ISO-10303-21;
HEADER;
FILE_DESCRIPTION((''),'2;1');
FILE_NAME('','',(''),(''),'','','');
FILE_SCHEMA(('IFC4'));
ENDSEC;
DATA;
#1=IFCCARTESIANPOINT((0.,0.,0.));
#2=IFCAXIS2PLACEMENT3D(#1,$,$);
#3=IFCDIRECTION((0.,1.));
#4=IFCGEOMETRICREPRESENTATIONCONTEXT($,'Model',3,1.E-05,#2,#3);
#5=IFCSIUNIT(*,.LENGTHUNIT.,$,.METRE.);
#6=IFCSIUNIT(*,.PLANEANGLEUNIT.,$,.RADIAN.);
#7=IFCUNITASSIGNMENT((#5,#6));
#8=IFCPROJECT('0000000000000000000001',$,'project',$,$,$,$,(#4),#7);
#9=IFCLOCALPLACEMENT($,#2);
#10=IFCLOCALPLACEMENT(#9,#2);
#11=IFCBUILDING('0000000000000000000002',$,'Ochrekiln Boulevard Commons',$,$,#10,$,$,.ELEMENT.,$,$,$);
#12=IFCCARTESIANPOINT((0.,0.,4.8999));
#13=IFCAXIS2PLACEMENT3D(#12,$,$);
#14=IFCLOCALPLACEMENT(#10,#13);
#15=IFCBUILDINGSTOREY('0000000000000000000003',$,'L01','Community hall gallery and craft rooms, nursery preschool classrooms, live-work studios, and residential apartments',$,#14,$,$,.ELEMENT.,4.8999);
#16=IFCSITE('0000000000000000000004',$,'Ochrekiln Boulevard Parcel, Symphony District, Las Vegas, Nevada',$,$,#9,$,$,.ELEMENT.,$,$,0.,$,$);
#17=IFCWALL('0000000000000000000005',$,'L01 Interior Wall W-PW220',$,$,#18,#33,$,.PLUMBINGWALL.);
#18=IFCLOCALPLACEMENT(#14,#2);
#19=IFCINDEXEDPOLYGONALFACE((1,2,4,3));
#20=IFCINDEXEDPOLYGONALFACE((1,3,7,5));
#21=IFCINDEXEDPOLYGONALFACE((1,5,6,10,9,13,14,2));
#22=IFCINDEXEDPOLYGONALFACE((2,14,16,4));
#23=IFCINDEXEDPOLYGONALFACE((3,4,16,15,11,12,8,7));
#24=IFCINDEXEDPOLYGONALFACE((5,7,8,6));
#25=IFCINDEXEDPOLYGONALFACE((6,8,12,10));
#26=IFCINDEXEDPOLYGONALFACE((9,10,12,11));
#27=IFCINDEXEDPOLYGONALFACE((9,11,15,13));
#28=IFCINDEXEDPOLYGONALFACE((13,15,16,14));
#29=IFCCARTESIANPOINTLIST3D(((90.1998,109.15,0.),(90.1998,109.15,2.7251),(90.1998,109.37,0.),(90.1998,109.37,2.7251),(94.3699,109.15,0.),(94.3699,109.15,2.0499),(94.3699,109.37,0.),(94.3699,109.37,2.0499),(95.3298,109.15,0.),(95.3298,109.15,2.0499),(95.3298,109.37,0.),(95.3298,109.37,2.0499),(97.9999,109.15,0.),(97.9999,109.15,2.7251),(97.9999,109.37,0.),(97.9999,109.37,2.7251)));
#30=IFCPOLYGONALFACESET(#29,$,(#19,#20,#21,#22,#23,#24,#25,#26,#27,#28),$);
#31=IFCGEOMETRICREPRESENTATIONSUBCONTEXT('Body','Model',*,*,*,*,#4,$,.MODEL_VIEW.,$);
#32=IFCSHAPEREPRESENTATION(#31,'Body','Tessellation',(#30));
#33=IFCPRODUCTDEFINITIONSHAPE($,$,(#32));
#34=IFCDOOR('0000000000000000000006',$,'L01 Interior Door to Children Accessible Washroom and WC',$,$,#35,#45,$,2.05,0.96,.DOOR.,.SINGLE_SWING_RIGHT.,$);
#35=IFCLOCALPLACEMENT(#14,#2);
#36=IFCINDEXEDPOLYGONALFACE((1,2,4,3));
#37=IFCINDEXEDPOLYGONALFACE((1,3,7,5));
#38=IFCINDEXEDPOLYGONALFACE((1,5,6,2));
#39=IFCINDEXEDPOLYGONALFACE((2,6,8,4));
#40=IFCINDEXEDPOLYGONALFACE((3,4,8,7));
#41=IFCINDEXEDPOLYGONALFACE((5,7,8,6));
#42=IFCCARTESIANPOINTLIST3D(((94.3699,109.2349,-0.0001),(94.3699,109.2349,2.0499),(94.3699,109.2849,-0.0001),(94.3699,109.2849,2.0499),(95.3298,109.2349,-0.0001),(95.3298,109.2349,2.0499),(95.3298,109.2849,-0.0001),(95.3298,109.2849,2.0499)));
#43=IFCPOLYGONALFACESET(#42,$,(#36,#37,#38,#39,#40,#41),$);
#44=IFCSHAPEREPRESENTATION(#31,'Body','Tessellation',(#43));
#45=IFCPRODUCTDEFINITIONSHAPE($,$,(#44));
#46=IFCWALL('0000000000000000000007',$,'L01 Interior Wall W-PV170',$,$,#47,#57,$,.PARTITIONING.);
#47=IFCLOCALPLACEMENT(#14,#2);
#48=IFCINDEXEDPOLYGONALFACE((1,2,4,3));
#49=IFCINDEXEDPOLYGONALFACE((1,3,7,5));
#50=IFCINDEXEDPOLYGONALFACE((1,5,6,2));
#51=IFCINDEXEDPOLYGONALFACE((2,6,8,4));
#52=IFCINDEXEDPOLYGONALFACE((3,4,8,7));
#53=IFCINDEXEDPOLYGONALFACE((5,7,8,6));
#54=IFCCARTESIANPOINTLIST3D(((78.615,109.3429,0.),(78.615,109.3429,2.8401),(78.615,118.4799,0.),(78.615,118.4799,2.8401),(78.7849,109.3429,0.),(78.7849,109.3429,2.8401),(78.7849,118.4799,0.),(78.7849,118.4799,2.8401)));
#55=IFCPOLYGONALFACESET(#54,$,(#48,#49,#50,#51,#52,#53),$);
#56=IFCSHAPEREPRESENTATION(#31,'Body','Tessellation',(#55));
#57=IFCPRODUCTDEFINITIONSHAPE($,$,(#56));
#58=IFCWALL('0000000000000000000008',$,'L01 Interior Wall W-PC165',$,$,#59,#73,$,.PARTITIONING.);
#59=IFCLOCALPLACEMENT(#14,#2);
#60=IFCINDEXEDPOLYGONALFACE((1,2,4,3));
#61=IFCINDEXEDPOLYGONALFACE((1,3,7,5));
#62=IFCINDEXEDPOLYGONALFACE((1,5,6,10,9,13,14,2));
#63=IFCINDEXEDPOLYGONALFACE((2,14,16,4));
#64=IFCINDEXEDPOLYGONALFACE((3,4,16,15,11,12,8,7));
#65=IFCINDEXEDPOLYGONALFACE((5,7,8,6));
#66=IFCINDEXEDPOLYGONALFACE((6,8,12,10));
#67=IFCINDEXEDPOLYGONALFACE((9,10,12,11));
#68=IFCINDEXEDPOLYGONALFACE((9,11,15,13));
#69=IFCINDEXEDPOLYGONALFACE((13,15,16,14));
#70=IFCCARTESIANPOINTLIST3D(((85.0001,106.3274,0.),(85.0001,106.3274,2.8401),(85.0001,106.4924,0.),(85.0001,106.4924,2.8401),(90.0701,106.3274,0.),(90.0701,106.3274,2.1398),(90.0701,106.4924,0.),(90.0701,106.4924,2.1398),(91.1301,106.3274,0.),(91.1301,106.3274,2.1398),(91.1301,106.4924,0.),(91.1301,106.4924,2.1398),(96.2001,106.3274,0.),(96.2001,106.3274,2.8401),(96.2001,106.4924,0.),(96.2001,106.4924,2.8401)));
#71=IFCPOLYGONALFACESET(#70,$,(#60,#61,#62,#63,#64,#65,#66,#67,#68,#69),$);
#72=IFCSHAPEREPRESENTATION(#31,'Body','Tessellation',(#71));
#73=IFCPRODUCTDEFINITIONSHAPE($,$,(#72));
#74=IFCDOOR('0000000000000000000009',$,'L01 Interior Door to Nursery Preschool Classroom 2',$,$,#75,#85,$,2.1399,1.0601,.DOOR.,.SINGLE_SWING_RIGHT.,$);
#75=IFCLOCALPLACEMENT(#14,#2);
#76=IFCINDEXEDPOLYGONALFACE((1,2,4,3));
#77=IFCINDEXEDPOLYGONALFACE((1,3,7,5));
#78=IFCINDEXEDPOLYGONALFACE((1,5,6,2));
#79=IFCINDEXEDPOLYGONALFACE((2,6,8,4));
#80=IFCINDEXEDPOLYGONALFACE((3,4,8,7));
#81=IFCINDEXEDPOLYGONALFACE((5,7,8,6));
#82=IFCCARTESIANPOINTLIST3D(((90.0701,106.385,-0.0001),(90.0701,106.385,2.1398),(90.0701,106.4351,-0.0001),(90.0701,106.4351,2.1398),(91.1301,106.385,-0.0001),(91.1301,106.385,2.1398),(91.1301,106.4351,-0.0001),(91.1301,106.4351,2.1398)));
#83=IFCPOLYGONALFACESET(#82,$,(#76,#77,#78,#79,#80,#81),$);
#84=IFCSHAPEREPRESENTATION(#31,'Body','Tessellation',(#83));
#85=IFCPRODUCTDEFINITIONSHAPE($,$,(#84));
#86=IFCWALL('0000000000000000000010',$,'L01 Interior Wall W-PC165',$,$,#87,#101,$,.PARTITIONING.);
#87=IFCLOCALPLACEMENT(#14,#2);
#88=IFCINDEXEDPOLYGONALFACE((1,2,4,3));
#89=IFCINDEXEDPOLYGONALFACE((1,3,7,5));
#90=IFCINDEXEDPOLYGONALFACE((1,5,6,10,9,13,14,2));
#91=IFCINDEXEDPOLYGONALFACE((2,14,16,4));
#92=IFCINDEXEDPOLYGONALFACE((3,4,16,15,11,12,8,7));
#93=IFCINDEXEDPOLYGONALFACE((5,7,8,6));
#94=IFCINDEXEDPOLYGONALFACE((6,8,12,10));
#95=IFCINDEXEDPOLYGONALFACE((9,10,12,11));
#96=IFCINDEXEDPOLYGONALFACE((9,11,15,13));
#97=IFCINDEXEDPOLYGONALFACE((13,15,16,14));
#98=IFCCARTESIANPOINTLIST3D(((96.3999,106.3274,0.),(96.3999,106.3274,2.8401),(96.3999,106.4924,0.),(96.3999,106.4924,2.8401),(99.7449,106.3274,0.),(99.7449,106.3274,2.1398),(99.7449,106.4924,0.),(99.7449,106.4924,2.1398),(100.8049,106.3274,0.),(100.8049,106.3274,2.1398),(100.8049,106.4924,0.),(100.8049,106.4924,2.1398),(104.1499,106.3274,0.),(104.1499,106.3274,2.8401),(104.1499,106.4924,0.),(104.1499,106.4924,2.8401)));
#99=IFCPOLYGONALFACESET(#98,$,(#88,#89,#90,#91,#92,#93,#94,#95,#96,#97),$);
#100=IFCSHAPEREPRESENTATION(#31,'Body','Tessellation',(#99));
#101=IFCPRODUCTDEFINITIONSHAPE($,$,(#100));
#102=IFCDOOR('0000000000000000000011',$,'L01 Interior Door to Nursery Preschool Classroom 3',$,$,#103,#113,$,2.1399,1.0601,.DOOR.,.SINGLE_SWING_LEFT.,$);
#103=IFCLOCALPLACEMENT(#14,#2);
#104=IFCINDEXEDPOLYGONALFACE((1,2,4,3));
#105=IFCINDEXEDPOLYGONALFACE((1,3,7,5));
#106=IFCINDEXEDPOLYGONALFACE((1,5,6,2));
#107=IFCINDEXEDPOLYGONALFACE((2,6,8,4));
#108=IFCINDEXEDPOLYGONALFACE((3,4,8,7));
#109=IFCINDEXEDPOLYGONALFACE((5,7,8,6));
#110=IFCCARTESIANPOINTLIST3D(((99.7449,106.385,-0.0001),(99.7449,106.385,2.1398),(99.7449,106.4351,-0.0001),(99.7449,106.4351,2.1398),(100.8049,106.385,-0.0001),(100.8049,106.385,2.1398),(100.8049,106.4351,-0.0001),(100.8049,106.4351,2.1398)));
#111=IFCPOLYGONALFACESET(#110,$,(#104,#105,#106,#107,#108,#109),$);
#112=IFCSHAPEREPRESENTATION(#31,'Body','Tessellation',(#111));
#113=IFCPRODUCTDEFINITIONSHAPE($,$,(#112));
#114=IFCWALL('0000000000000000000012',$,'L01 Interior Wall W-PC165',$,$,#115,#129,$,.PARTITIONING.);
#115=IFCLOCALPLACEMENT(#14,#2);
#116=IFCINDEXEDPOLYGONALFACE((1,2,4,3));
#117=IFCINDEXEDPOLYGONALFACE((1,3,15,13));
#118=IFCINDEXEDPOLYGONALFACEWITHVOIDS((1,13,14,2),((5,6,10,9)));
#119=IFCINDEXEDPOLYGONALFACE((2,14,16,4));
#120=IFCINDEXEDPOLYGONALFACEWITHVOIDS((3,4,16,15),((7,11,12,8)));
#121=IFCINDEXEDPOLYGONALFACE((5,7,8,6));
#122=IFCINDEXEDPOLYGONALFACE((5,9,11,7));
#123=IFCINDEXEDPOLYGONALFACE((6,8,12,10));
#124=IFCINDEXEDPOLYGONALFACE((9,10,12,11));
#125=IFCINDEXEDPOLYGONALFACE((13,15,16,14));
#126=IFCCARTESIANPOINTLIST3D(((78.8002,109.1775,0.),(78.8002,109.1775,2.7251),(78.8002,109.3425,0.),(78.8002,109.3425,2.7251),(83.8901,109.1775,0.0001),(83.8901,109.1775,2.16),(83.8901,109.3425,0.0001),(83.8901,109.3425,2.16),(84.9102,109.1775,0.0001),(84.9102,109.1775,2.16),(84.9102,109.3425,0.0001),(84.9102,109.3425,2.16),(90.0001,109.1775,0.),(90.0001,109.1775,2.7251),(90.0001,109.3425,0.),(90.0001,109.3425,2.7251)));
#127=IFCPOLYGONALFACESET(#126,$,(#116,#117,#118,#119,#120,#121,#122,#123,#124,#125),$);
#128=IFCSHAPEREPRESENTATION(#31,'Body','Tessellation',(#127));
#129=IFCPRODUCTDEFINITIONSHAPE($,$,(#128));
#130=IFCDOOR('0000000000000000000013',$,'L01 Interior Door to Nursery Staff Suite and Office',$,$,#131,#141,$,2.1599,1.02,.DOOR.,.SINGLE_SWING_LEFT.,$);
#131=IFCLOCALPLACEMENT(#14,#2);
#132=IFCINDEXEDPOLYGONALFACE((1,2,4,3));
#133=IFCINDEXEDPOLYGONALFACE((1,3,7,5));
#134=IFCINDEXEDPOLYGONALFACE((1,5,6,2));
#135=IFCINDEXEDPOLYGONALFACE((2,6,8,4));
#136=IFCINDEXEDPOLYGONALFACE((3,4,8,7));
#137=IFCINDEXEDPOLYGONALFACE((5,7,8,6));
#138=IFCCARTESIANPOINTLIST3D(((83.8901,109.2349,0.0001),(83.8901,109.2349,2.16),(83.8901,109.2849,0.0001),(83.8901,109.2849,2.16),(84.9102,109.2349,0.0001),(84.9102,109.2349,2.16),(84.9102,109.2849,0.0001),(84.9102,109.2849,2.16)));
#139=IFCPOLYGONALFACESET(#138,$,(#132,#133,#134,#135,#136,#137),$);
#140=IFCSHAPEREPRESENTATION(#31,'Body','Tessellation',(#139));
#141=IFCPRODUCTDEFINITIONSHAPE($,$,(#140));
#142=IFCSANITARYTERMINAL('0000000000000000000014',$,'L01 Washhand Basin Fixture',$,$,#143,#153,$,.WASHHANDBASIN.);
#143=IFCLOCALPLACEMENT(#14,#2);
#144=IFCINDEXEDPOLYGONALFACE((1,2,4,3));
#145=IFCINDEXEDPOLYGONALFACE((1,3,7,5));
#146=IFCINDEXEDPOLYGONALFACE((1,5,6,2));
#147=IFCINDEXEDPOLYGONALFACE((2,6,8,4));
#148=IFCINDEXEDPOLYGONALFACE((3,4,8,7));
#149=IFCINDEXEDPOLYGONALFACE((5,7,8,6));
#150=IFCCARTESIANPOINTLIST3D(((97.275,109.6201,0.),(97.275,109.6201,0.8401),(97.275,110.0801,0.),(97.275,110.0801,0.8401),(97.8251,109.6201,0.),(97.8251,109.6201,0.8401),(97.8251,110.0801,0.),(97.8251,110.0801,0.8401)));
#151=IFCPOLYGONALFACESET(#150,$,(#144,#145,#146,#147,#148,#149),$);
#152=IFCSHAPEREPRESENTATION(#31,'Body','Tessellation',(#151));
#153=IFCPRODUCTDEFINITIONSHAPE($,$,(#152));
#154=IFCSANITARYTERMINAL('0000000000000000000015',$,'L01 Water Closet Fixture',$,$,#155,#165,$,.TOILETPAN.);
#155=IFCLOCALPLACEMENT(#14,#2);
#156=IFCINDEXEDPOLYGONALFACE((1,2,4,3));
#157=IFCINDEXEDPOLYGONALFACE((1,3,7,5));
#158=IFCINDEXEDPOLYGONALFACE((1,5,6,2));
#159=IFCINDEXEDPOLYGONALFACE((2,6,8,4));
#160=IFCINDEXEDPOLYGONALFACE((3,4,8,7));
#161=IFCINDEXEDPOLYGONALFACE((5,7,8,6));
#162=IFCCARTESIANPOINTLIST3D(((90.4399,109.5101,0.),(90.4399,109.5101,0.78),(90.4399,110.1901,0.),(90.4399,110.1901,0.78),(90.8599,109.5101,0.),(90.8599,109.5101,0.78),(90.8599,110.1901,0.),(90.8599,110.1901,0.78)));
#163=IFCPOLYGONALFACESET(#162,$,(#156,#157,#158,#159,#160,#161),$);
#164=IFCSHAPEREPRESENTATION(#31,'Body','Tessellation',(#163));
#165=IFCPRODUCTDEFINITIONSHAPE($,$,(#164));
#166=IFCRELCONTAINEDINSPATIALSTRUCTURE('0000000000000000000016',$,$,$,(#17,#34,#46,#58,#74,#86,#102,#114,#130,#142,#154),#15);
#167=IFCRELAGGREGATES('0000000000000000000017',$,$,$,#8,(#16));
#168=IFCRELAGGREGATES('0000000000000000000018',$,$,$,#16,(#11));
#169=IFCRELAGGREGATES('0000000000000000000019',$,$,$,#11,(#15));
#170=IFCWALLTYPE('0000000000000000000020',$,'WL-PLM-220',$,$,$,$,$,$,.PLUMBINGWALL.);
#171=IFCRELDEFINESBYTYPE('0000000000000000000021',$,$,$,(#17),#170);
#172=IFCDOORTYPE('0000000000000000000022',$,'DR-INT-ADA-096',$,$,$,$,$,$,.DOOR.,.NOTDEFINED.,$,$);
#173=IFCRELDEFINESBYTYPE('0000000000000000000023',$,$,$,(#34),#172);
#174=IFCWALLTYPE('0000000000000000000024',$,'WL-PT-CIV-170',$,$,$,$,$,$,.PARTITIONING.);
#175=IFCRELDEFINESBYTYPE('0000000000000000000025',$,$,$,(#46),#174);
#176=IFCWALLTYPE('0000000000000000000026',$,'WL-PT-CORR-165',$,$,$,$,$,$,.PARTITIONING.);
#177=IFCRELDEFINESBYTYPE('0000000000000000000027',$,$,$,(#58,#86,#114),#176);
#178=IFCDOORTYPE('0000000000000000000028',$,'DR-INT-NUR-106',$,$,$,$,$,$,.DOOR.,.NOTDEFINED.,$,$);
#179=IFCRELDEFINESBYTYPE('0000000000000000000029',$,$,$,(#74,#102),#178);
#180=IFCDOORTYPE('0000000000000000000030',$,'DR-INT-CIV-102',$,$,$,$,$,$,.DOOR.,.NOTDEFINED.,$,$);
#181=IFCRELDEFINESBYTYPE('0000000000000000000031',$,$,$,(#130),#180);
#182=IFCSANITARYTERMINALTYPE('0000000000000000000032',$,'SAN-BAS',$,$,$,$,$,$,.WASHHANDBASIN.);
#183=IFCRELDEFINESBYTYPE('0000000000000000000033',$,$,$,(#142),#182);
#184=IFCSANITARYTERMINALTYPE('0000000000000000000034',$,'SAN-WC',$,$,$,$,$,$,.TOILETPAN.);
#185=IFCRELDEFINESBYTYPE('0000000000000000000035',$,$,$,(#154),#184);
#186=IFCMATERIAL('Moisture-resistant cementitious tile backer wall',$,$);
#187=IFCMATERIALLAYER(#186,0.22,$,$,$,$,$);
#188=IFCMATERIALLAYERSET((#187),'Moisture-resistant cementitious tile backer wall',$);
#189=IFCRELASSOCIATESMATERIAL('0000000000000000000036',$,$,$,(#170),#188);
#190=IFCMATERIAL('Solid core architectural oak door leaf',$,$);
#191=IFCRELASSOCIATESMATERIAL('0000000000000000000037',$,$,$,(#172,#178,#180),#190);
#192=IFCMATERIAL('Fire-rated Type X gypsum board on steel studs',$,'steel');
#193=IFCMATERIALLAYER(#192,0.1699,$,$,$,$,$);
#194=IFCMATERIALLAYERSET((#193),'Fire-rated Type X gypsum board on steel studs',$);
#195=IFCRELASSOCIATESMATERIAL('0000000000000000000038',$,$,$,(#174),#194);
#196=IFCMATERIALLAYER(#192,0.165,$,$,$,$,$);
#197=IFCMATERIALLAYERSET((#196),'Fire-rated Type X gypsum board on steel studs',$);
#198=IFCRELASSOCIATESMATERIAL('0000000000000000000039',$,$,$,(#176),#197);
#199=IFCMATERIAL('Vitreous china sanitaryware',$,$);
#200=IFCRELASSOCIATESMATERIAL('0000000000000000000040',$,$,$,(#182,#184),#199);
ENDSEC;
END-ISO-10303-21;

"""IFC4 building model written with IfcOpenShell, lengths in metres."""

from ifc_helpers import new_model, si_unit, direction, frame, frame_2d, origin, origin_2d, place, context, subcontext, project, spatial, rectangle, extrude, material, layer, layer_set, type_object, element, fill, save


model = new_model("IFC4")

# Units and contexts
model_context = context("Model", 3, precision=1e-05, world=origin(), true_north=direction((0.0, 1.0)))
body_context = subcontext(model_context, "Body", "Model", "MODEL_VIEW")
ifc_project = project(units=[si_unit("LENGTHUNIT", "METRE"), si_unit("PLANEANGLEUNIT", "RADIAN")], contexts=[model_context])

# Site, building, storey
site_placement = place(None, origin())
site = spatial("IfcSite", under=ifc_project, at=site_placement, Name="Ochrekiln Boulevard Parcel, Symphony District, Las Vegas, Nevada", CompositionType="ELEMENT", RefElevation=0.0)
building_placement = place(site_placement, origin())
building = spatial("IfcBuilding", under=site, at=building_placement, Name="Ochrekiln Boulevard Commons", CompositionType="ELEMENT")
storey_placement = place(building_placement, frame((0.0, 0.0, 4.8999)))
storey = spatial("IfcBuildingStorey", under=building, at=storey_placement, Name="L01", Description="Community hall gallery and craft rooms, nursery preschool classrooms, live-work studios, and residential apartments", CompositionType="ELEMENT", Elevation=4.8999)

# Shared definitions
ifc_material_1 = material(Name="Moisture-resistant cementitious tile backer wall")

# Wall, opening, door
ifc_layer_1 = layer(ifc_material_1, 0.22)
ifc_layer_set_1 = layer_set([ifc_layer_1], Name="Moisture-resistant cementitious tile backer wall")
wall_type_1 = type_object("IfcWallType", Name="WL-PLM-220", PredefinedType="PLUMBINGWALL", material=ifc_layer_set_1)
wall_1_placement = place(storey_placement, frame((90.2, 109.26, 0.0), z_axis=(0.0, 0.0, 1.0), x_axis=(1.0, 0.0, 0.0)))
wall_1 = element("IfcWall", 1, at=wall_1_placement, inside=storey, type_object=wall_type_1, Name="L01 Interior Wall W-PW220", PredefinedType="PLUMBINGWALL", context=body_context, shape_type="SweptSolid", body=[
    extrude(rectangle(XDim=7.8, YDim=0.22, at=frame_2d((3.8999, 0.0))), origin(), (0.0, 0.0, 1.0), 2.7251),
])
opening_1_placement = place(wall_1_placement, frame((4.1699, 0.0, 0.0)))
opening_1 = element("IfcOpeningElement", 2, at=opening_1_placement, cuts=wall_1, PredefinedType="OPENING", context=body_context, shape_type="SweptSolid", body=[
    extrude(rectangle(XDim=0.96, YDim=2.05, at=frame_2d((0.48, 1.0249))), frame((0.0, 0.1199, 0.0), z_axis=(0.0, -1.0, 0.0), x_axis=(1.0, 0.0, 0.0)), (0.0, 0.0, 1.0), 0.24),
])
ifc_material_2 = material(Name="Solid core architectural oak door leaf")
door_type_1 = type_object("IfcDoorType", Name="DR-INT-ADA-096", OperationType="NOTDEFINED", PredefinedType="DOOR", material=ifc_material_2)
door_1_placement = place(opening_1_placement, origin())
door_1 = element("IfcDoor", 3, at=door_1_placement, inside=storey, type_object=door_type_1, Name="L01 Interior Door to Children Accessible Washroom and WC", OperationType="SINGLE_SWING_RIGHT", OverallHeight=2.05, OverallWidth=0.96, PredefinedType="DOOR", context=body_context, shape_type="SweptSolid", body=[
    extrude(rectangle(XDim=0.96, YDim=2.05, at=frame_2d((0.48, 1.0249))), frame((0.0, 0.0249, 0.0), z_axis=(0.0, -1.0, 0.0), x_axis=(1.0, 0.0, 0.0)), (0.0, 0.0, 1.0), 0.05),
])
fill(opening_1, door_1)

# Wall
ifc_material_3 = material(Name="Fire-rated Type X gypsum board on steel studs", Category="steel")
ifc_layer_2 = layer(ifc_material_3, 0.1699)
ifc_layer_set_2 = layer_set([ifc_layer_2], Name="Fire-rated Type X gypsum board on steel studs")
wall_type_2 = type_object("IfcWallType", Name="WL-PT-CIV-170", PredefinedType="PARTITIONING", material=ifc_layer_set_2)
wall_2_placement = place(storey_placement, frame((78.7, 109.343, 0.0), z_axis=(0.0, 0.0, 1.0), x_axis=(0.0, 1.0, 0.0)))
element("IfcWall", 4, at=wall_2_placement, inside=storey, type_object=wall_type_2, Name="L01 Interior Wall W-PV170", PredefinedType="PARTITIONING", context=body_context, shape_type="SweptSolid", body=[
    extrude(rectangle(XDim=9.137, YDim=0.1699, at=frame_2d((4.5684, 0.0))), origin(), (0.0, 0.0, 1.0), 2.8401),
])

# Walls, openings, doors
ifc_layer_3 = layer(ifc_material_3, 0.165)
ifc_layer_set_3 = layer_set([ifc_layer_3], Name="Fire-rated Type X gypsum board on steel studs")
wall_type_3 = type_object("IfcWallType", Name="WL-PT-CORR-165", PredefinedType="PARTITIONING", material=ifc_layer_set_3)
wall_3_placement = place(storey_placement, frame((85.0, 106.4099, 0.0), z_axis=(0.0, 0.0, 1.0), x_axis=(1.0, 0.0, 0.0)))
wall_3 = element("IfcWall", 5, at=wall_3_placement, inside=storey, type_object=wall_type_3, Name="L01 Interior Wall W-PC165", PredefinedType="PARTITIONING", context=body_context, shape_type="SweptSolid", body=[
    extrude(rectangle(XDim=11.2, YDim=0.165, at=frame_2d((5.6001, 0.0))), origin(), (0.0, 0.0, 1.0), 2.8401),
])
opening_2_placement = place(wall_3_placement, frame((5.0701, 0.0, 0.0)))
opening_2 = element("IfcOpeningElement", 6, at=opening_2_placement, cuts=wall_3, PredefinedType="OPENING", context=body_context, shape_type="SweptSolid", body=[
    extrude(rectangle(XDim=1.0601, YDim=2.1399, at=frame_2d((0.53, 1.0698))), frame((0.0, 0.0925, 0.0), z_axis=(0.0, -1.0, 0.0), x_axis=(1.0, 0.0, 0.0)), (0.0, 0.0, 1.0), 0.1851),
])
door_type_2 = type_object("IfcDoorType", Name="DR-INT-NUR-106", OperationType="NOTDEFINED", PredefinedType="DOOR", material=ifc_material_2)
door_2_placement = place(opening_2_placement, frame((1.0601, 0.0, 0.0), z_axis=(0.0, 0.0, 1.0), x_axis=(-1.0, 0.0, 0.0)))
door_2 = element("IfcDoor", 7, at=door_2_placement, inside=storey, type_object=door_type_2, Name="L01 Interior Door to Nursery Preschool Classroom 2", OperationType="SINGLE_SWING_RIGHT", OverallHeight=2.1399, OverallWidth=1.0601, PredefinedType="DOOR", context=body_context, shape_type="SweptSolid", body=[
    extrude(rectangle(XDim=1.0601, YDim=2.1399, at=frame_2d((0.53, 1.0698))), frame((0.0, 0.0249, 0.0), z_axis=(0.0, -1.0, 0.0), x_axis=(1.0, 0.0, 0.0)), (0.0, 0.0, 1.0), 0.05),
])
fill(opening_2, door_2)
wall_4_placement = place(storey_placement, frame((96.3999, 106.4099, 0.0), z_axis=(0.0, 0.0, 1.0), x_axis=(1.0, 0.0, 0.0)))
wall_4 = element("IfcWall", 8, at=wall_4_placement, inside=storey, type_object=wall_type_3, Name="L01 Interior Wall W-PC165", PredefinedType="PARTITIONING", context=body_context, shape_type="SweptSolid", body=[
    extrude(rectangle(XDim=7.75, YDim=0.165, at=frame_2d((3.875, 0.0))), origin(), (0.0, 0.0, 1.0), 2.8401),
])
opening_3_placement = place(wall_4_placement, frame((3.345, 0.0, 0.0)))
opening_3 = element("IfcOpeningElement", 9, at=opening_3_placement, cuts=wall_4, PredefinedType="OPENING", context=body_context, shape_type="SweptSolid", body=[
    extrude(rectangle(XDim=1.0601, YDim=2.1399, at=frame_2d((0.53, 1.0698))), frame((0.0, 0.0925, 0.0), z_axis=(0.0, -1.0, 0.0), x_axis=(1.0, 0.0, 0.0)), (0.0, 0.0, 1.0), 0.1851),
])
door_3_placement = place(opening_3_placement, frame((1.0601, 0.0, 0.0), z_axis=(0.0, 0.0, 1.0), x_axis=(-1.0, 0.0, 0.0)))
door_3 = element("IfcDoor", 10, at=door_3_placement, inside=storey, type_object=door_type_2, Name="L01 Interior Door to Nursery Preschool Classroom 3", OperationType="SINGLE_SWING_LEFT", OverallHeight=2.1399, OverallWidth=1.0601, PredefinedType="DOOR", context=body_context, shape_type="SweptSolid", body=[
    extrude(rectangle(XDim=1.0601, YDim=2.1399, at=frame_2d((0.53, 1.0698))), frame((0.0, 0.0249, 0.0), z_axis=(0.0, -1.0, 0.0), x_axis=(1.0, 0.0, 0.0)), (0.0, 0.0, 1.0), 0.05),
])
fill(opening_3, door_3)
wall_5_placement = place(storey_placement, frame((78.8, 109.26, 0.0), z_axis=(0.0, 0.0, 1.0), x_axis=(1.0, 0.0, 0.0)))
wall_5 = element("IfcWall", 11, at=wall_5_placement, inside=storey, type_object=wall_type_3, Name="L01 Interior Wall W-PC165", PredefinedType="PARTITIONING", context=body_context, shape_type="SweptSolid", body=[
    extrude(rectangle(XDim=11.2, YDim=0.165, at=frame_2d((5.6001, 0.0))), origin(), (0.0, 0.0, 1.0), 2.7251),
])
opening_4_placement = place(wall_5_placement, frame((5.0901, 0.0, 0.0)))
opening_4 = element("IfcOpeningElement", 12, at=opening_4_placement, cuts=wall_5, PredefinedType="OPENING", context=body_context, shape_type="SweptSolid", body=[
    extrude(rectangle(XDim=1.02, YDim=2.1599, at=frame_2d((0.51, 1.0801))), frame((0.0, 0.0925, 0.0), z_axis=(0.0, -1.0, 0.0), x_axis=(1.0, 0.0, 0.0)), (0.0, 0.0, 1.0), 0.1851),
])
door_type_3 = type_object("IfcDoorType", Name="DR-INT-CIV-102", OperationType="NOTDEFINED", PredefinedType="DOOR", material=ifc_material_2)
door_4_placement = place(opening_4_placement, origin())
door_4 = element("IfcDoor", 13, at=door_4_placement, inside=storey, type_object=door_type_3, Name="L01 Interior Door to Nursery Staff Suite and Office", OperationType="SINGLE_SWING_LEFT", OverallHeight=2.1599, OverallWidth=1.02, PredefinedType="DOOR", context=body_context, shape_type="SweptSolid", body=[
    extrude(rectangle(XDim=1.02, YDim=2.1599, at=frame_2d((0.51, 1.0801))), frame((0.0, 0.0249, 0.0), z_axis=(0.0, -1.0, 0.0), x_axis=(1.0, 0.0, 0.0)), (0.0, 0.0, 1.0), 0.05),
])
fill(opening_4, door_4)

# Sanitary terminals
ifc_material_4 = material(Name="Vitreous china sanitaryware")
sanitary_terminal_type_1 = type_object("IfcSanitaryTerminalType", Name="SAN-BAS", PredefinedType="WASHHANDBASIN", material=ifc_material_4)
sanitary_terminal_1_placement = place(storey_placement, frame((97.55, 109.8501, 0.0), z_axis=(0.0, 0.0, 1.0), x_axis=(1.0, 0.0, 0.0)))
element("IfcSanitaryTerminal", 14, at=sanitary_terminal_1_placement, inside=storey, type_object=sanitary_terminal_type_1, Name="L01 Washhand Basin Fixture", PredefinedType="WASHHANDBASIN", context=body_context, shape_type="SweptSolid", body=[
    extrude(rectangle(XDim=0.55, YDim=0.46, at=origin_2d()), origin(), (0.0, 0.0, 1.0), 0.8401),
])
sanitary_terminal_type_2 = type_object("IfcSanitaryTerminalType", Name="SAN-WC", PredefinedType="TOILETPAN", material=ifc_material_4)
sanitary_terminal_2_placement = place(storey_placement, frame((90.6499, 109.8501, 0.0), z_axis=(0.0, 0.0, 1.0), x_axis=(1.0, 0.0, 0.0)))
element("IfcSanitaryTerminal", 15, at=sanitary_terminal_2_placement, inside=storey, type_object=sanitary_terminal_type_2, Name="L01 Water Closet Fixture", PredefinedType="TOILETPAN", context=body_context, shape_type="SweptSolid", body=[
    extrude(rectangle(XDim=0.4199, YDim=0.6799, at=origin_2d()), origin(), (0.0, 0.0, 1.0), 0.78),
])

save(model, "model.ifc")
